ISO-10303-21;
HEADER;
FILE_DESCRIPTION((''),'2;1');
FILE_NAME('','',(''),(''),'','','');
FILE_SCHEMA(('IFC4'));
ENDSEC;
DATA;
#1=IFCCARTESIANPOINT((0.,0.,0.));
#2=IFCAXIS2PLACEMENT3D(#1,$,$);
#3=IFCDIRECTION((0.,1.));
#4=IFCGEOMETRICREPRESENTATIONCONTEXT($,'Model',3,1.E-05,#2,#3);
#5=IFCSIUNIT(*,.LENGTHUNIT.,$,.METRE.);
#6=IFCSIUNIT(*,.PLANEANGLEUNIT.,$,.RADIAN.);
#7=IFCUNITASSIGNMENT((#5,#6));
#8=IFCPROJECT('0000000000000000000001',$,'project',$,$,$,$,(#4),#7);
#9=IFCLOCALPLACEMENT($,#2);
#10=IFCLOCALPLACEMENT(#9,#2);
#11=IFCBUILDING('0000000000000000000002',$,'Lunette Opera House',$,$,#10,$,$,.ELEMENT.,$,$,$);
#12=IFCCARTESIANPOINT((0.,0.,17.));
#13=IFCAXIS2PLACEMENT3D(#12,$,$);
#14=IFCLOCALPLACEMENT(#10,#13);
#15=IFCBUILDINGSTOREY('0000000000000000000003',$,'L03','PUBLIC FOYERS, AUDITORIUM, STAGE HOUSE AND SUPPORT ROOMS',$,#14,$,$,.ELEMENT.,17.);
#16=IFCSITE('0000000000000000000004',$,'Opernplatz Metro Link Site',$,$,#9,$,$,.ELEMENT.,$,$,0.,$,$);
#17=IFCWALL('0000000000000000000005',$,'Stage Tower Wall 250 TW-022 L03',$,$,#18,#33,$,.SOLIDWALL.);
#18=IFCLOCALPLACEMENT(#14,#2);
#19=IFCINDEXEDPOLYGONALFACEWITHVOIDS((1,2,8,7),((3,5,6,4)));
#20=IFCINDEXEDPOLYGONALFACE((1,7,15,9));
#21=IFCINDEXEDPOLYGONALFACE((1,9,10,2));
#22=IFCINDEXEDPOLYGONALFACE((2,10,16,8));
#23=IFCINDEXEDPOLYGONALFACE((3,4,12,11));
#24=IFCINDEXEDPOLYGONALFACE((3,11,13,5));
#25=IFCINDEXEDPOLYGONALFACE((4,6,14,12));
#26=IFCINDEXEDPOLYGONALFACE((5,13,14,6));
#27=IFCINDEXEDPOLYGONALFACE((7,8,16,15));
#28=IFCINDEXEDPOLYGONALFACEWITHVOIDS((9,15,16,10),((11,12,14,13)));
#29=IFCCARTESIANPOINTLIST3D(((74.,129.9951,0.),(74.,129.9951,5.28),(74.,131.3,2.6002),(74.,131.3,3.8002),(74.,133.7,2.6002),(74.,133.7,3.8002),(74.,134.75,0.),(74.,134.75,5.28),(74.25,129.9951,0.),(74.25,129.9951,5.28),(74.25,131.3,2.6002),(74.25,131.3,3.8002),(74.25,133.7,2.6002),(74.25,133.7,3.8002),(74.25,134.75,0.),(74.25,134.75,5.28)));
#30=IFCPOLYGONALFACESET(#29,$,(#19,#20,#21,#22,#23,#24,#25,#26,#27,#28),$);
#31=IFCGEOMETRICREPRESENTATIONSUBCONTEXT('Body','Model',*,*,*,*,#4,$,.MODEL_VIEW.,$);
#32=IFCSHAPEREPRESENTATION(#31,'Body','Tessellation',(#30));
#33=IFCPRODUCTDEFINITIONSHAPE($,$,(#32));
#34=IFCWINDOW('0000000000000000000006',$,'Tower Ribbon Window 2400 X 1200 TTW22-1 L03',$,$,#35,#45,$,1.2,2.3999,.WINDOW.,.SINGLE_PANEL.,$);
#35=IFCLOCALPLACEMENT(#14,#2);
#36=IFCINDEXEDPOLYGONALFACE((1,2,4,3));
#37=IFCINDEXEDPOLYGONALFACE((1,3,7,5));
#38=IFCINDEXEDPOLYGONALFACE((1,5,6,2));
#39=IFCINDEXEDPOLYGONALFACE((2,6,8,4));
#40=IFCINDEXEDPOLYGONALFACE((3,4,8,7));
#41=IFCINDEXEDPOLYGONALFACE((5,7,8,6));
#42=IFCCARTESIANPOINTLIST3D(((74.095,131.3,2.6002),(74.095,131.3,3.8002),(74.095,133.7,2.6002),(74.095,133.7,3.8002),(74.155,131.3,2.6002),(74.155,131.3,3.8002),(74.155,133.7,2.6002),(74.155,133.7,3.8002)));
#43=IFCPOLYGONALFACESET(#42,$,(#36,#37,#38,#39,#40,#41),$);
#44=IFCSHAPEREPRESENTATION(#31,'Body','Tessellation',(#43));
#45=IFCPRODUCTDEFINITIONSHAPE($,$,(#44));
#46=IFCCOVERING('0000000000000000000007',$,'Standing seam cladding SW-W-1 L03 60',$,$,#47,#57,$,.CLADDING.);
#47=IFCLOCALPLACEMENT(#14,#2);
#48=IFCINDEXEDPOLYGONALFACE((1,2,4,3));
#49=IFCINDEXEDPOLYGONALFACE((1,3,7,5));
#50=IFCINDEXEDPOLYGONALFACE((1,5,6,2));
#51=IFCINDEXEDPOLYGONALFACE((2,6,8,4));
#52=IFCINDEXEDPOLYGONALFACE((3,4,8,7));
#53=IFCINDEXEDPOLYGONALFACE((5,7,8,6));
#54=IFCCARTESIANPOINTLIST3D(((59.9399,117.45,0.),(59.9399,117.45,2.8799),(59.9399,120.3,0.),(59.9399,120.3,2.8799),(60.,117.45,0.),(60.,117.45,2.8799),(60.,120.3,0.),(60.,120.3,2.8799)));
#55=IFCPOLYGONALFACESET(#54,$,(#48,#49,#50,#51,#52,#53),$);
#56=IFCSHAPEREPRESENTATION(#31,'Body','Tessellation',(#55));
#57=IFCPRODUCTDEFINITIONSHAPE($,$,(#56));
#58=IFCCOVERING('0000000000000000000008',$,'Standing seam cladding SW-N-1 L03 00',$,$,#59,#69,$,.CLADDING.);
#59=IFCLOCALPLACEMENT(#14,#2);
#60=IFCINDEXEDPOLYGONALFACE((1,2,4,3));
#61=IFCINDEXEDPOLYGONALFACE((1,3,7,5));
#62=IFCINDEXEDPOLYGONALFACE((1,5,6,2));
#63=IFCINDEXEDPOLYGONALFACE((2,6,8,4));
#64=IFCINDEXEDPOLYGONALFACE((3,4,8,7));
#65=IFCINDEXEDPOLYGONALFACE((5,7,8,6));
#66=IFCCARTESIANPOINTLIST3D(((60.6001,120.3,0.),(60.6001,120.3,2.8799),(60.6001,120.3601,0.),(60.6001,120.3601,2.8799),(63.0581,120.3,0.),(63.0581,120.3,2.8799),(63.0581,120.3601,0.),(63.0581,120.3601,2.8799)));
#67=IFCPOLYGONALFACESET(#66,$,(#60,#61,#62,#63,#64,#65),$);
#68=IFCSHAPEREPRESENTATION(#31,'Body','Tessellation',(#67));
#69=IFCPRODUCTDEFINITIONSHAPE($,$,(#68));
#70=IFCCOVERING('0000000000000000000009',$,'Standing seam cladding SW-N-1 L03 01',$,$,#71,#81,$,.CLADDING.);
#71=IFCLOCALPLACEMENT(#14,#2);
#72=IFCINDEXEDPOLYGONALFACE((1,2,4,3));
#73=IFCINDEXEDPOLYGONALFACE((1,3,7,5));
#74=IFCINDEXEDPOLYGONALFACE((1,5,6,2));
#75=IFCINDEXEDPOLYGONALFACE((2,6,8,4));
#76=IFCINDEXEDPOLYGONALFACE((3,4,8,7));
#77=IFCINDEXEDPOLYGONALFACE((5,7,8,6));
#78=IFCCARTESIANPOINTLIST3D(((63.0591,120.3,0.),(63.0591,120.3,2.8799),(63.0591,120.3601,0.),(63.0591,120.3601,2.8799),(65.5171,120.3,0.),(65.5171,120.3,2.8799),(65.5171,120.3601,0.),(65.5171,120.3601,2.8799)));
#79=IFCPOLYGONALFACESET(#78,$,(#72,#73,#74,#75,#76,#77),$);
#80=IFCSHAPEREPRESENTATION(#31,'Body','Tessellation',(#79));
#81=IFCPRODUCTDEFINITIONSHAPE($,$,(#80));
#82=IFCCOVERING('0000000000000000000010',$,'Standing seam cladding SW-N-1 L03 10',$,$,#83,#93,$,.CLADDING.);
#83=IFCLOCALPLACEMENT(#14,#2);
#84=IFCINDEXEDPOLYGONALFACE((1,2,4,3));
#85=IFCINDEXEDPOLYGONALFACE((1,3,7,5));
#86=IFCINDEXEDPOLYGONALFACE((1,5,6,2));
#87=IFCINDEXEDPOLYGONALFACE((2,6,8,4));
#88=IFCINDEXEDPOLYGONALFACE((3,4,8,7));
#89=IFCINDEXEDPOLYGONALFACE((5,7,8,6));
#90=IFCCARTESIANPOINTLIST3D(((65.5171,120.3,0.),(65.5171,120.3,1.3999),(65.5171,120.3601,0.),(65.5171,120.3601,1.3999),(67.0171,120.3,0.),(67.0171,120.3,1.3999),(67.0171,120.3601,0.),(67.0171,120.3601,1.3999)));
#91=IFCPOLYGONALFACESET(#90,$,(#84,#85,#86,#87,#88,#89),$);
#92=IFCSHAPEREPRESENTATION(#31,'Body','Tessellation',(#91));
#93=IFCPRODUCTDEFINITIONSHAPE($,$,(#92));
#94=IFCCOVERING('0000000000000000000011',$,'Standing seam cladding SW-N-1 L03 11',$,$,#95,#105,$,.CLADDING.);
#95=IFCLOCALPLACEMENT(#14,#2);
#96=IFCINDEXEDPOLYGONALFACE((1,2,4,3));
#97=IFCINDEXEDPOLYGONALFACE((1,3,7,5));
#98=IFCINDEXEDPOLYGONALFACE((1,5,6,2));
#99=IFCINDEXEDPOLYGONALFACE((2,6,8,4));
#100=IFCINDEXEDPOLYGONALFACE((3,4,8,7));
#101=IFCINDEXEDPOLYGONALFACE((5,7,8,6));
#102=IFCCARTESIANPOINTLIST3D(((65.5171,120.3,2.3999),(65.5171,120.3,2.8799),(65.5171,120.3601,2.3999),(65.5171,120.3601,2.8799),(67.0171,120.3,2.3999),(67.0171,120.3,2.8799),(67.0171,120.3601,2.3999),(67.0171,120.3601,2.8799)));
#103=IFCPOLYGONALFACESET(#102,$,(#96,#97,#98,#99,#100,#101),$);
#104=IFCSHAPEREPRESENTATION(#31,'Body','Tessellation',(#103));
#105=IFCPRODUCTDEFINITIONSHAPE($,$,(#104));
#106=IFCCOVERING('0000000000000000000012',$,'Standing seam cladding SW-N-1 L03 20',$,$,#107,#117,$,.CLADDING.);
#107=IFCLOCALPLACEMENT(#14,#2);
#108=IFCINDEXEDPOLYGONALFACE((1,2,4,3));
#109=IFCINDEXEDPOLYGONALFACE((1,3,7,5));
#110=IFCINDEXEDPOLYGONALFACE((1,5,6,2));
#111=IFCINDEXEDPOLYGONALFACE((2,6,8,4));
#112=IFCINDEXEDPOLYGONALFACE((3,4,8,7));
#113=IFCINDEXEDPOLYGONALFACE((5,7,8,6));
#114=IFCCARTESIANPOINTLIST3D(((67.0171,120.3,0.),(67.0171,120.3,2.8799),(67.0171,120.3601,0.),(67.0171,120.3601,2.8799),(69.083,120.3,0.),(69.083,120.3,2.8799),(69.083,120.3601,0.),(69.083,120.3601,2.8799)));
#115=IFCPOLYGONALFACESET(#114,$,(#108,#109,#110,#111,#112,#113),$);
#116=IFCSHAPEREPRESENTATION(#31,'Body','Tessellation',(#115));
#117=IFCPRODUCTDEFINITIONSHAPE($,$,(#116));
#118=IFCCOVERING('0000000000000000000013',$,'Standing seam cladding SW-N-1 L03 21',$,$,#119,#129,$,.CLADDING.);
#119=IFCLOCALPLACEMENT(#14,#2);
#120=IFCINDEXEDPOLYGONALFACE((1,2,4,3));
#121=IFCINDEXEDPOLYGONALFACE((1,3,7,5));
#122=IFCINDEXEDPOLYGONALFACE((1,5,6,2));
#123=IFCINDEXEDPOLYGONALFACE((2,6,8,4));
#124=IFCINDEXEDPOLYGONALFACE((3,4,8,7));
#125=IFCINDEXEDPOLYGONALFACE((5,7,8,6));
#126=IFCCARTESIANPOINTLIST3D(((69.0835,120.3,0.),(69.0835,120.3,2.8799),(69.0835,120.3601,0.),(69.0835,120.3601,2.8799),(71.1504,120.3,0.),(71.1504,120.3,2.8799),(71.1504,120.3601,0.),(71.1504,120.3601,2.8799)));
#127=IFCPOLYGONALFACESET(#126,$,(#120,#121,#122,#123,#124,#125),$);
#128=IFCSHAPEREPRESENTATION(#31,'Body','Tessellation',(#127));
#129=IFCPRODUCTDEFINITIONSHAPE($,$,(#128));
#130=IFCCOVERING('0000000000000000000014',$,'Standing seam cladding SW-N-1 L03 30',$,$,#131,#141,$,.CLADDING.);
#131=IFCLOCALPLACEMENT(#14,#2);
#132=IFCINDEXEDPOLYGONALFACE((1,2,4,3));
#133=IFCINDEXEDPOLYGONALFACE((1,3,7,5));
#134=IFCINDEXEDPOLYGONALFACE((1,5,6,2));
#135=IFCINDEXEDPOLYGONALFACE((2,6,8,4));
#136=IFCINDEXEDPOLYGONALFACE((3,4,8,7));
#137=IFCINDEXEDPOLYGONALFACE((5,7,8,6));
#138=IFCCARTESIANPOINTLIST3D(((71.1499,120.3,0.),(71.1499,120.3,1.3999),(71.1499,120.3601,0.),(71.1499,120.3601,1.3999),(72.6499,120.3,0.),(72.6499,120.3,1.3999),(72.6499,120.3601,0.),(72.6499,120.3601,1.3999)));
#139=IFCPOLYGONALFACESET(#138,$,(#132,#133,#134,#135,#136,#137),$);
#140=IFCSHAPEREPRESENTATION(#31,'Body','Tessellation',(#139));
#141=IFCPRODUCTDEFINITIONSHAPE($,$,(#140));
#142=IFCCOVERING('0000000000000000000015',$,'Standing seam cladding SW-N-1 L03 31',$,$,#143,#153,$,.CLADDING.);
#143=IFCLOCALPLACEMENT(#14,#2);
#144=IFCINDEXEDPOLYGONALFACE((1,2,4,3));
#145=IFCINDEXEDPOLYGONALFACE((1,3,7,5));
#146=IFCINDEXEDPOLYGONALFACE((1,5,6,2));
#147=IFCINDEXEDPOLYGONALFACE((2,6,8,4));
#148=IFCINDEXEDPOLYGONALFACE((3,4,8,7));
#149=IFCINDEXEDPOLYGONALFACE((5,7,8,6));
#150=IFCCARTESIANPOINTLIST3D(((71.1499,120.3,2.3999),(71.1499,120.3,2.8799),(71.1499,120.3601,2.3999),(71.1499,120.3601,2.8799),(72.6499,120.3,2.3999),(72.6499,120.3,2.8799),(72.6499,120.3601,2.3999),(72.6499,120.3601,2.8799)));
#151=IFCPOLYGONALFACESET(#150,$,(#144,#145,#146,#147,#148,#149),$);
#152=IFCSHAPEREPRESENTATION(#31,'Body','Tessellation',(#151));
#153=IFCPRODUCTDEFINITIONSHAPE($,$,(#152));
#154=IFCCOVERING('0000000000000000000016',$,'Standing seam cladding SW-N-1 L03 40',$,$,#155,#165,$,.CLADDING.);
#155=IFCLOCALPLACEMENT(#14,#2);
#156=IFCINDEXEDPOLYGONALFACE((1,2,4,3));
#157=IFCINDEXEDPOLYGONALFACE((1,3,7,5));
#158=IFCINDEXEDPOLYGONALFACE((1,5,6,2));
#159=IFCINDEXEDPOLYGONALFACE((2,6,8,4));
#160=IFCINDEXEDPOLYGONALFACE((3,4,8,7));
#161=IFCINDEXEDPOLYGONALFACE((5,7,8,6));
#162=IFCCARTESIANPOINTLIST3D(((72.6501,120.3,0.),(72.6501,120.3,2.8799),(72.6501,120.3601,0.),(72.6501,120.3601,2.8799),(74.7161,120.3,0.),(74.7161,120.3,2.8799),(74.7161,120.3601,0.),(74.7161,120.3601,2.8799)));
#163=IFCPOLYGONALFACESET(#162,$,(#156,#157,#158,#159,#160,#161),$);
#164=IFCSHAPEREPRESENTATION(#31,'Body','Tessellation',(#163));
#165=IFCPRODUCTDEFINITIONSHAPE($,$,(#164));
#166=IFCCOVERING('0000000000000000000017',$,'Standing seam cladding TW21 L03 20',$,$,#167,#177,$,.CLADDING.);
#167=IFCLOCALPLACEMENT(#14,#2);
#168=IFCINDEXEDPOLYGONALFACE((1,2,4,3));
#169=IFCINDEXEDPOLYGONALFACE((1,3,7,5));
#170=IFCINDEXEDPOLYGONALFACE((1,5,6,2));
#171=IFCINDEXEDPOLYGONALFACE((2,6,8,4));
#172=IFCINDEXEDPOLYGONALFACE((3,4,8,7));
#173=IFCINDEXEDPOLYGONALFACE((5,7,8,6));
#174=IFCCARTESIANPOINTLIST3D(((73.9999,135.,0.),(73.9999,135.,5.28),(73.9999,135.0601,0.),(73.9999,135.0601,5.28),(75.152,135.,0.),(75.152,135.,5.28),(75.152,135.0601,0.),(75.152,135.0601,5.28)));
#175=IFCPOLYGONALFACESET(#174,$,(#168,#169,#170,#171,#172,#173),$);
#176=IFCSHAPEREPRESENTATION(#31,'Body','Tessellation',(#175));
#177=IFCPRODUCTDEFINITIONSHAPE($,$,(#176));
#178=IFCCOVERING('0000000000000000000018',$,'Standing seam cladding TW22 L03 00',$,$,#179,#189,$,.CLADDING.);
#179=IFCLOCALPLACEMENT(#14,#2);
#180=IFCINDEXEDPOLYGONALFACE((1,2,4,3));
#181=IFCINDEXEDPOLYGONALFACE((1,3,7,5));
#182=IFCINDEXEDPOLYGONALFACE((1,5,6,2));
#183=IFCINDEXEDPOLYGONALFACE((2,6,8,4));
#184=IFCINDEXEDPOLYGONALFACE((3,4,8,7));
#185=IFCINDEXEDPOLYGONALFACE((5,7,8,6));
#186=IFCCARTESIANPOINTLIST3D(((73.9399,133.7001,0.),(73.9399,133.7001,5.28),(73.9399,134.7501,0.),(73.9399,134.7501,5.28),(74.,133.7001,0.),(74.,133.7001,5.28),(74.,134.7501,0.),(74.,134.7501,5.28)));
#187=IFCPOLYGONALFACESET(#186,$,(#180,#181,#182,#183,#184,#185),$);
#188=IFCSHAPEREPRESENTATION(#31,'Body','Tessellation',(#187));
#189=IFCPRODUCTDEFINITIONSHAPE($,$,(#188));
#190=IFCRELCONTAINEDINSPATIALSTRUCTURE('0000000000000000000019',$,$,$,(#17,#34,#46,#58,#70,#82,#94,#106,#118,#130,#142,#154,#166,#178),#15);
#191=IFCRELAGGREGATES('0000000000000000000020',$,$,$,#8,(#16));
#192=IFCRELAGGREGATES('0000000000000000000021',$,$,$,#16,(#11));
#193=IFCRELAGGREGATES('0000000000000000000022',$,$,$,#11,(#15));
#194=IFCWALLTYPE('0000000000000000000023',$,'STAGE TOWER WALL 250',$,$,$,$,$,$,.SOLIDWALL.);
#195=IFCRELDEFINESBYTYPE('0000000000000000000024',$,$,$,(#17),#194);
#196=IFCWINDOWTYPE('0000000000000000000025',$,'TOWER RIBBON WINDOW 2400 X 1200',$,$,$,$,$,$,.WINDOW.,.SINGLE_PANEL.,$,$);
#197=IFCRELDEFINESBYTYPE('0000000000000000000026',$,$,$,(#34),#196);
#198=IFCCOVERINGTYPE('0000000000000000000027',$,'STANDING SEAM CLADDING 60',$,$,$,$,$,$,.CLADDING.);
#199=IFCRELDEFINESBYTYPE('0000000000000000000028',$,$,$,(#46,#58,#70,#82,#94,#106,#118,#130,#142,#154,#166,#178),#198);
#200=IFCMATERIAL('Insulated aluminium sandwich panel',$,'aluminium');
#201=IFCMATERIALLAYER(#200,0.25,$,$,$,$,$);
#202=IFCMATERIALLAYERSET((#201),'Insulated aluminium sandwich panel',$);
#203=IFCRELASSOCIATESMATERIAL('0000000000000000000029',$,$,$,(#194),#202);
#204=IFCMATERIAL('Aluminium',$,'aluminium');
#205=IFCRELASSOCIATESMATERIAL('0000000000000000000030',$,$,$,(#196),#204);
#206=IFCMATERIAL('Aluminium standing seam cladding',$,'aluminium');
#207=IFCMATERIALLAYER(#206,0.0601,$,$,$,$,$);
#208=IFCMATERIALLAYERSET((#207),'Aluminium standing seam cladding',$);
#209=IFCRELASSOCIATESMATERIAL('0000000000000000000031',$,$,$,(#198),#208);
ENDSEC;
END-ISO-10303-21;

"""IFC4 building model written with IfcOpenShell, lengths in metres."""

from ifc_helpers import new_model, si_unit, direction, frame, frame_2d, origin, origin_2d, place, context, subcontext, project, spatial, rectangle, extrude, material, layer, layer_set, type_object, element, fill, save


model = new_model("IFC4")

# Units and contexts
model_context = context("Model", 3, precision=1e-05, world=origin(), true_north=direction((0.0, 1.0)))
body_context = subcontext(model_context, "Body", "Model", "MODEL_VIEW")
ifc_project = project(units=[si_unit("LENGTHUNIT", "METRE"), si_unit("PLANEANGLEUNIT", "RADIAN")], contexts=[model_context])

# Site, building, storey
site_placement = place(None, origin())
site = spatial("IfcSite", under=ifc_project, at=site_placement, Name="Opernplatz Metro Link Site", CompositionType="ELEMENT", RefElevation=0.0)
building_placement = place(site_placement, origin())
building = spatial("IfcBuilding", under=site, at=building_placement, Name="Lunette Opera House", CompositionType="ELEMENT")
storey_placement = place(building_placement, frame((0.0, 0.0, 17.0)))
storey = spatial("IfcBuildingStorey", under=building, at=storey_placement, Name="L03", Description="PUBLIC FOYERS, AUDITORIUM, STAGE HOUSE AND SUPPORT ROOMS", CompositionType="ELEMENT", Elevation=17.0)

# Wall, opening, window
ifc_material_1 = material(Name="Insulated aluminium sandwich panel", Category="aluminium")
ifc_layer_1 = layer(ifc_material_1, 0.25)
ifc_layer_set_1 = layer_set([ifc_layer_1], Name="Insulated aluminium sandwich panel")
wall_type_1 = type_object("IfcWallType", Name="STAGE TOWER WALL 250", PredefinedType="SOLIDWALL", material=ifc_layer_set_1)
wall_1_placement = place(storey_placement, frame((74.125, 134.75, 0.0), z_axis=(0.0, 0.0, 1.0), x_axis=(0.0, -1.0, 0.0)))
wall_1 = element("IfcWall", 1, at=wall_1_placement, inside=storey, type_object=wall_type_1, Name="Stage Tower Wall 250 TW-022 L03", PredefinedType="SOLIDWALL", context=body_context, shape_type="SweptSolid", body=[
    extrude(rectangle(XDim=4.7549, YDim=0.25, at=frame_2d((2.3774, 0.0))), origin(), (0.0, 0.0, 1.0), 5.28),
])
opening_1_placement = place(wall_1_placement, frame((1.05, 0.0, 2.6001)))
opening_1 = element("IfcOpeningElement", 2, at=opening_1_placement, cuts=wall_1, PredefinedType="OPENING", context=body_context, shape_type="SweptSolid", body=[
    extrude(rectangle(XDim=2.3999, YDim=1.2, at=frame_2d((1.2, 0.6001))), frame((0.0, 0.137, 0.0), z_axis=(0.0, -1.0, 0.0), x_axis=(1.0, 0.0, 0.0)), (0.0, 0.0, 1.0), 0.2739),
])
ifc_material_2 = material(Name="Aluminium", Category="aluminium")
window_type_1 = type_object("IfcWindowType", Name="TOWER RIBBON WINDOW 2400 X 1200", PartitioningType="SINGLE_PANEL", PredefinedType="WINDOW", material=ifc_material_2)
window_1_placement = place(opening_1_placement, origin())
window_1 = element("IfcWindow", 3, at=window_1_placement, inside=storey, type_object=window_type_1, Name="Tower Ribbon Window 2400 X 1200 TTW22-1 L03", OverallHeight=1.2, OverallWidth=2.3999, PartitioningType="SINGLE_PANEL", PredefinedType="WINDOW", context=body_context, shape_type="SweptSolid", body=[
    extrude(rectangle(XDim=2.3999, YDim=1.2, at=frame_2d((1.2, 0.6001))), frame((0.0, 0.03, 0.0), z_axis=(0.0, -1.0, 0.0), x_axis=(1.0, 0.0, 0.0)), (0.0, 0.0, 1.0), 0.0601),
])
fill(opening_1, window_1)

# Coverings
ifc_material_3 = material(Name="Aluminium standing seam cladding", Category="aluminium")
ifc_layer_2 = layer(ifc_material_3, 0.0601)
ifc_layer_set_2 = layer_set([ifc_layer_2], Name="Aluminium standing seam cladding")
covering_type = type_object("IfcCoveringType", Name="STANDING SEAM CLADDING 60", PredefinedType="CLADDING", material=ifc_layer_set_2)
covering_1_placement = place(storey_placement, frame((59.97, 118.875, 0.0), z_axis=(0.0, 0.0, 1.0), x_axis=(0.0, 1.0, 0.0)))
element("IfcCovering", 4, at=covering_1_placement, inside=storey, type_object=covering_type, Name="Standing seam cladding SW-W-1 L03 60", PredefinedType="CLADDING", context=body_context, shape_type="SweptSolid", body=[
    extrude(rectangle(XDim=2.8501, YDim=0.0601, at=origin_2d()), origin(), (0.0, 0.0, 1.0), 2.8799),
])
for number, where, z_axis, x_axis, name in (
    (5, (61.8291, 120.3301, 0.0), (0.0, 0.0, 1.0), (1.0, 0.0, 0.0), "Standing seam cladding SW-N-1 L03 00"),
    (6, (64.2881, 120.3301, 0.0), (0.0, 0.0, 1.0), (1.0, 0.0, 0.0), "Standing seam cladding SW-N-1 L03 01"),
):
    element("IfcCovering", number, at=place(storey_placement, frame(where, z_axis=z_axis, x_axis=x_axis)), inside=storey, type_object=covering_type, Name=name, PredefinedType="CLADDING", context=body_context, shape_type="SweptSolid", body=[
        extrude(rectangle(XDim=2.458, YDim=0.0601, at=origin_2d()), origin(), (0.0, 0.0, 1.0), 2.8799),
    ])
covering_2_placement = place(storey_placement, frame((66.2671, 120.3301, 0.0), z_axis=(0.0, 0.0, 1.0), x_axis=(1.0, 0.0, 0.0)))
element("IfcCovering", 7, at=covering_2_placement, inside=storey, type_object=covering_type, Name="Standing seam cladding SW-N-1 L03 10", PredefinedType="CLADDING", context=body_context, shape_type="SweptSolid", body=[
    extrude(rectangle(XDim=1.5, YDim=0.0601, at=origin_2d()), origin(), (0.0, 0.0, 1.0), 1.3999),
])
covering_3_placement = place(storey_placement, frame((66.2671, 120.3301, 2.3999), z_axis=(0.0, 0.0, 1.0), x_axis=(1.0, 0.0, 0.0)))
element("IfcCovering", 8, at=covering_3_placement, inside=storey, type_object=covering_type, Name="Standing seam cladding SW-N-1 L03 11", PredefinedType="CLADDING", context=body_context, shape_type="SweptSolid", body=[
    extrude(rectangle(XDim=1.5, YDim=0.0601, at=origin_2d()), origin(), (0.0, 0.0, 1.0), 0.48),
])
covering_4_placement = place(storey_placement, frame((68.05, 120.3301, 0.0), z_axis=(0.0, 0.0, 1.0), x_axis=(1.0, 0.0, 0.0)))
element("IfcCovering", 9, at=covering_4_placement, inside=storey, type_object=covering_type, Name="Standing seam cladding SW-N-1 L03 20", PredefinedType="CLADDING", context=body_context, shape_type="SweptSolid", body=[
    extrude(rectangle(XDim=2.0659, YDim=0.0601, at=origin_2d()), origin(), (0.0, 0.0, 1.0), 2.8799),
])
covering_5_placement = place(storey_placement, frame((70.1169, 120.3301, 0.0), z_axis=(0.0, 0.0, 1.0), x_axis=(1.0, 0.0, 0.0)))
element("IfcCovering", 10, at=covering_5_placement, inside=storey, type_object=covering_type, Name="Standing seam cladding SW-N-1 L03 21", PredefinedType="CLADDING", context=body_context, shape_type="SweptSolid", body=[
    extrude(rectangle(XDim=2.0669, YDim=0.0601, at=origin_2d()), origin(), (0.0, 0.0, 1.0), 2.8799),
])
covering_6_placement = place(storey_placement, frame((71.8999, 120.3301, 0.0), z_axis=(0.0, 0.0, 1.0), x_axis=(1.0, 0.0, 0.0)))
element("IfcCovering", 11, at=covering_6_placement, inside=storey, type_object=covering_type, Name="Standing seam cladding SW-N-1 L03 30", PredefinedType="CLADDING", context=body_context, shape_type="SweptSolid", body=[
    extrude(rectangle(XDim=1.5, YDim=0.0601, at=origin_2d()), origin(), (0.0, 0.0, 1.0), 1.3999),
])
covering_7_placement = place(storey_placement, frame((71.8999, 120.3301, 2.3999), z_axis=(0.0, 0.0, 1.0), x_axis=(1.0, 0.0, 0.0)))
element("IfcCovering", 12, at=covering_7_placement, inside=storey, type_object=covering_type, Name="Standing seam cladding SW-N-1 L03 31", PredefinedType="CLADDING", context=body_context, shape_type="SweptSolid", body=[
    extrude(rectangle(XDim=1.5, YDim=0.0601, at=origin_2d()), origin(), (0.0, 0.0, 1.0), 0.48),
])
covering_8_placement = place(storey_placement, frame((73.6831, 120.3301, 0.0), z_axis=(0.0, 0.0, 1.0), x_axis=(1.0, 0.0, 0.0)))
element("IfcCovering", 13, at=covering_8_placement, inside=storey, type_object=covering_type, Name="Standing seam cladding SW-N-1 L03 40", PredefinedType="CLADDING", context=body_context, shape_type="SweptSolid", body=[
    extrude(rectangle(XDim=2.0659, YDim=0.0601, at=origin_2d()), origin(), (0.0, 0.0, 1.0), 2.8799),
])
covering_9_placement = place(storey_placement, frame((74.5759, 135.03, 0.0), z_axis=(0.0, 0.0, 1.0), x_axis=(-1.0, 0.0, 0.0)))
element("IfcCovering", 14, at=covering_9_placement, inside=storey, type_object=covering_type, Name="Standing seam cladding TW21 L03 20", PredefinedType="CLADDING", context=body_context, shape_type="SweptSolid", body=[
    extrude(rectangle(XDim=1.1521, YDim=0.0601, at=origin_2d()), origin(), (0.0, 0.0, 1.0), 5.28),
])
covering_10_placement = place(storey_placement, frame((73.97, 134.2251, 0.0), z_axis=(0.0, 0.0, 1.0), x_axis=(0.0, -1.0, 0.0)))
element("IfcCovering", 15, at=covering_10_placement, inside=storey, type_object=covering_type, Name="Standing seam cladding TW22 L03 00", PredefinedType="CLADDING", context=body_context, shape_type="SweptSolid", body=[
    extrude(rectangle(XDim=1.05, YDim=0.0601, at=origin_2d()), origin(), (0.0, 0.0, 1.0), 5.28),
])

save(model, "model.ifc")
